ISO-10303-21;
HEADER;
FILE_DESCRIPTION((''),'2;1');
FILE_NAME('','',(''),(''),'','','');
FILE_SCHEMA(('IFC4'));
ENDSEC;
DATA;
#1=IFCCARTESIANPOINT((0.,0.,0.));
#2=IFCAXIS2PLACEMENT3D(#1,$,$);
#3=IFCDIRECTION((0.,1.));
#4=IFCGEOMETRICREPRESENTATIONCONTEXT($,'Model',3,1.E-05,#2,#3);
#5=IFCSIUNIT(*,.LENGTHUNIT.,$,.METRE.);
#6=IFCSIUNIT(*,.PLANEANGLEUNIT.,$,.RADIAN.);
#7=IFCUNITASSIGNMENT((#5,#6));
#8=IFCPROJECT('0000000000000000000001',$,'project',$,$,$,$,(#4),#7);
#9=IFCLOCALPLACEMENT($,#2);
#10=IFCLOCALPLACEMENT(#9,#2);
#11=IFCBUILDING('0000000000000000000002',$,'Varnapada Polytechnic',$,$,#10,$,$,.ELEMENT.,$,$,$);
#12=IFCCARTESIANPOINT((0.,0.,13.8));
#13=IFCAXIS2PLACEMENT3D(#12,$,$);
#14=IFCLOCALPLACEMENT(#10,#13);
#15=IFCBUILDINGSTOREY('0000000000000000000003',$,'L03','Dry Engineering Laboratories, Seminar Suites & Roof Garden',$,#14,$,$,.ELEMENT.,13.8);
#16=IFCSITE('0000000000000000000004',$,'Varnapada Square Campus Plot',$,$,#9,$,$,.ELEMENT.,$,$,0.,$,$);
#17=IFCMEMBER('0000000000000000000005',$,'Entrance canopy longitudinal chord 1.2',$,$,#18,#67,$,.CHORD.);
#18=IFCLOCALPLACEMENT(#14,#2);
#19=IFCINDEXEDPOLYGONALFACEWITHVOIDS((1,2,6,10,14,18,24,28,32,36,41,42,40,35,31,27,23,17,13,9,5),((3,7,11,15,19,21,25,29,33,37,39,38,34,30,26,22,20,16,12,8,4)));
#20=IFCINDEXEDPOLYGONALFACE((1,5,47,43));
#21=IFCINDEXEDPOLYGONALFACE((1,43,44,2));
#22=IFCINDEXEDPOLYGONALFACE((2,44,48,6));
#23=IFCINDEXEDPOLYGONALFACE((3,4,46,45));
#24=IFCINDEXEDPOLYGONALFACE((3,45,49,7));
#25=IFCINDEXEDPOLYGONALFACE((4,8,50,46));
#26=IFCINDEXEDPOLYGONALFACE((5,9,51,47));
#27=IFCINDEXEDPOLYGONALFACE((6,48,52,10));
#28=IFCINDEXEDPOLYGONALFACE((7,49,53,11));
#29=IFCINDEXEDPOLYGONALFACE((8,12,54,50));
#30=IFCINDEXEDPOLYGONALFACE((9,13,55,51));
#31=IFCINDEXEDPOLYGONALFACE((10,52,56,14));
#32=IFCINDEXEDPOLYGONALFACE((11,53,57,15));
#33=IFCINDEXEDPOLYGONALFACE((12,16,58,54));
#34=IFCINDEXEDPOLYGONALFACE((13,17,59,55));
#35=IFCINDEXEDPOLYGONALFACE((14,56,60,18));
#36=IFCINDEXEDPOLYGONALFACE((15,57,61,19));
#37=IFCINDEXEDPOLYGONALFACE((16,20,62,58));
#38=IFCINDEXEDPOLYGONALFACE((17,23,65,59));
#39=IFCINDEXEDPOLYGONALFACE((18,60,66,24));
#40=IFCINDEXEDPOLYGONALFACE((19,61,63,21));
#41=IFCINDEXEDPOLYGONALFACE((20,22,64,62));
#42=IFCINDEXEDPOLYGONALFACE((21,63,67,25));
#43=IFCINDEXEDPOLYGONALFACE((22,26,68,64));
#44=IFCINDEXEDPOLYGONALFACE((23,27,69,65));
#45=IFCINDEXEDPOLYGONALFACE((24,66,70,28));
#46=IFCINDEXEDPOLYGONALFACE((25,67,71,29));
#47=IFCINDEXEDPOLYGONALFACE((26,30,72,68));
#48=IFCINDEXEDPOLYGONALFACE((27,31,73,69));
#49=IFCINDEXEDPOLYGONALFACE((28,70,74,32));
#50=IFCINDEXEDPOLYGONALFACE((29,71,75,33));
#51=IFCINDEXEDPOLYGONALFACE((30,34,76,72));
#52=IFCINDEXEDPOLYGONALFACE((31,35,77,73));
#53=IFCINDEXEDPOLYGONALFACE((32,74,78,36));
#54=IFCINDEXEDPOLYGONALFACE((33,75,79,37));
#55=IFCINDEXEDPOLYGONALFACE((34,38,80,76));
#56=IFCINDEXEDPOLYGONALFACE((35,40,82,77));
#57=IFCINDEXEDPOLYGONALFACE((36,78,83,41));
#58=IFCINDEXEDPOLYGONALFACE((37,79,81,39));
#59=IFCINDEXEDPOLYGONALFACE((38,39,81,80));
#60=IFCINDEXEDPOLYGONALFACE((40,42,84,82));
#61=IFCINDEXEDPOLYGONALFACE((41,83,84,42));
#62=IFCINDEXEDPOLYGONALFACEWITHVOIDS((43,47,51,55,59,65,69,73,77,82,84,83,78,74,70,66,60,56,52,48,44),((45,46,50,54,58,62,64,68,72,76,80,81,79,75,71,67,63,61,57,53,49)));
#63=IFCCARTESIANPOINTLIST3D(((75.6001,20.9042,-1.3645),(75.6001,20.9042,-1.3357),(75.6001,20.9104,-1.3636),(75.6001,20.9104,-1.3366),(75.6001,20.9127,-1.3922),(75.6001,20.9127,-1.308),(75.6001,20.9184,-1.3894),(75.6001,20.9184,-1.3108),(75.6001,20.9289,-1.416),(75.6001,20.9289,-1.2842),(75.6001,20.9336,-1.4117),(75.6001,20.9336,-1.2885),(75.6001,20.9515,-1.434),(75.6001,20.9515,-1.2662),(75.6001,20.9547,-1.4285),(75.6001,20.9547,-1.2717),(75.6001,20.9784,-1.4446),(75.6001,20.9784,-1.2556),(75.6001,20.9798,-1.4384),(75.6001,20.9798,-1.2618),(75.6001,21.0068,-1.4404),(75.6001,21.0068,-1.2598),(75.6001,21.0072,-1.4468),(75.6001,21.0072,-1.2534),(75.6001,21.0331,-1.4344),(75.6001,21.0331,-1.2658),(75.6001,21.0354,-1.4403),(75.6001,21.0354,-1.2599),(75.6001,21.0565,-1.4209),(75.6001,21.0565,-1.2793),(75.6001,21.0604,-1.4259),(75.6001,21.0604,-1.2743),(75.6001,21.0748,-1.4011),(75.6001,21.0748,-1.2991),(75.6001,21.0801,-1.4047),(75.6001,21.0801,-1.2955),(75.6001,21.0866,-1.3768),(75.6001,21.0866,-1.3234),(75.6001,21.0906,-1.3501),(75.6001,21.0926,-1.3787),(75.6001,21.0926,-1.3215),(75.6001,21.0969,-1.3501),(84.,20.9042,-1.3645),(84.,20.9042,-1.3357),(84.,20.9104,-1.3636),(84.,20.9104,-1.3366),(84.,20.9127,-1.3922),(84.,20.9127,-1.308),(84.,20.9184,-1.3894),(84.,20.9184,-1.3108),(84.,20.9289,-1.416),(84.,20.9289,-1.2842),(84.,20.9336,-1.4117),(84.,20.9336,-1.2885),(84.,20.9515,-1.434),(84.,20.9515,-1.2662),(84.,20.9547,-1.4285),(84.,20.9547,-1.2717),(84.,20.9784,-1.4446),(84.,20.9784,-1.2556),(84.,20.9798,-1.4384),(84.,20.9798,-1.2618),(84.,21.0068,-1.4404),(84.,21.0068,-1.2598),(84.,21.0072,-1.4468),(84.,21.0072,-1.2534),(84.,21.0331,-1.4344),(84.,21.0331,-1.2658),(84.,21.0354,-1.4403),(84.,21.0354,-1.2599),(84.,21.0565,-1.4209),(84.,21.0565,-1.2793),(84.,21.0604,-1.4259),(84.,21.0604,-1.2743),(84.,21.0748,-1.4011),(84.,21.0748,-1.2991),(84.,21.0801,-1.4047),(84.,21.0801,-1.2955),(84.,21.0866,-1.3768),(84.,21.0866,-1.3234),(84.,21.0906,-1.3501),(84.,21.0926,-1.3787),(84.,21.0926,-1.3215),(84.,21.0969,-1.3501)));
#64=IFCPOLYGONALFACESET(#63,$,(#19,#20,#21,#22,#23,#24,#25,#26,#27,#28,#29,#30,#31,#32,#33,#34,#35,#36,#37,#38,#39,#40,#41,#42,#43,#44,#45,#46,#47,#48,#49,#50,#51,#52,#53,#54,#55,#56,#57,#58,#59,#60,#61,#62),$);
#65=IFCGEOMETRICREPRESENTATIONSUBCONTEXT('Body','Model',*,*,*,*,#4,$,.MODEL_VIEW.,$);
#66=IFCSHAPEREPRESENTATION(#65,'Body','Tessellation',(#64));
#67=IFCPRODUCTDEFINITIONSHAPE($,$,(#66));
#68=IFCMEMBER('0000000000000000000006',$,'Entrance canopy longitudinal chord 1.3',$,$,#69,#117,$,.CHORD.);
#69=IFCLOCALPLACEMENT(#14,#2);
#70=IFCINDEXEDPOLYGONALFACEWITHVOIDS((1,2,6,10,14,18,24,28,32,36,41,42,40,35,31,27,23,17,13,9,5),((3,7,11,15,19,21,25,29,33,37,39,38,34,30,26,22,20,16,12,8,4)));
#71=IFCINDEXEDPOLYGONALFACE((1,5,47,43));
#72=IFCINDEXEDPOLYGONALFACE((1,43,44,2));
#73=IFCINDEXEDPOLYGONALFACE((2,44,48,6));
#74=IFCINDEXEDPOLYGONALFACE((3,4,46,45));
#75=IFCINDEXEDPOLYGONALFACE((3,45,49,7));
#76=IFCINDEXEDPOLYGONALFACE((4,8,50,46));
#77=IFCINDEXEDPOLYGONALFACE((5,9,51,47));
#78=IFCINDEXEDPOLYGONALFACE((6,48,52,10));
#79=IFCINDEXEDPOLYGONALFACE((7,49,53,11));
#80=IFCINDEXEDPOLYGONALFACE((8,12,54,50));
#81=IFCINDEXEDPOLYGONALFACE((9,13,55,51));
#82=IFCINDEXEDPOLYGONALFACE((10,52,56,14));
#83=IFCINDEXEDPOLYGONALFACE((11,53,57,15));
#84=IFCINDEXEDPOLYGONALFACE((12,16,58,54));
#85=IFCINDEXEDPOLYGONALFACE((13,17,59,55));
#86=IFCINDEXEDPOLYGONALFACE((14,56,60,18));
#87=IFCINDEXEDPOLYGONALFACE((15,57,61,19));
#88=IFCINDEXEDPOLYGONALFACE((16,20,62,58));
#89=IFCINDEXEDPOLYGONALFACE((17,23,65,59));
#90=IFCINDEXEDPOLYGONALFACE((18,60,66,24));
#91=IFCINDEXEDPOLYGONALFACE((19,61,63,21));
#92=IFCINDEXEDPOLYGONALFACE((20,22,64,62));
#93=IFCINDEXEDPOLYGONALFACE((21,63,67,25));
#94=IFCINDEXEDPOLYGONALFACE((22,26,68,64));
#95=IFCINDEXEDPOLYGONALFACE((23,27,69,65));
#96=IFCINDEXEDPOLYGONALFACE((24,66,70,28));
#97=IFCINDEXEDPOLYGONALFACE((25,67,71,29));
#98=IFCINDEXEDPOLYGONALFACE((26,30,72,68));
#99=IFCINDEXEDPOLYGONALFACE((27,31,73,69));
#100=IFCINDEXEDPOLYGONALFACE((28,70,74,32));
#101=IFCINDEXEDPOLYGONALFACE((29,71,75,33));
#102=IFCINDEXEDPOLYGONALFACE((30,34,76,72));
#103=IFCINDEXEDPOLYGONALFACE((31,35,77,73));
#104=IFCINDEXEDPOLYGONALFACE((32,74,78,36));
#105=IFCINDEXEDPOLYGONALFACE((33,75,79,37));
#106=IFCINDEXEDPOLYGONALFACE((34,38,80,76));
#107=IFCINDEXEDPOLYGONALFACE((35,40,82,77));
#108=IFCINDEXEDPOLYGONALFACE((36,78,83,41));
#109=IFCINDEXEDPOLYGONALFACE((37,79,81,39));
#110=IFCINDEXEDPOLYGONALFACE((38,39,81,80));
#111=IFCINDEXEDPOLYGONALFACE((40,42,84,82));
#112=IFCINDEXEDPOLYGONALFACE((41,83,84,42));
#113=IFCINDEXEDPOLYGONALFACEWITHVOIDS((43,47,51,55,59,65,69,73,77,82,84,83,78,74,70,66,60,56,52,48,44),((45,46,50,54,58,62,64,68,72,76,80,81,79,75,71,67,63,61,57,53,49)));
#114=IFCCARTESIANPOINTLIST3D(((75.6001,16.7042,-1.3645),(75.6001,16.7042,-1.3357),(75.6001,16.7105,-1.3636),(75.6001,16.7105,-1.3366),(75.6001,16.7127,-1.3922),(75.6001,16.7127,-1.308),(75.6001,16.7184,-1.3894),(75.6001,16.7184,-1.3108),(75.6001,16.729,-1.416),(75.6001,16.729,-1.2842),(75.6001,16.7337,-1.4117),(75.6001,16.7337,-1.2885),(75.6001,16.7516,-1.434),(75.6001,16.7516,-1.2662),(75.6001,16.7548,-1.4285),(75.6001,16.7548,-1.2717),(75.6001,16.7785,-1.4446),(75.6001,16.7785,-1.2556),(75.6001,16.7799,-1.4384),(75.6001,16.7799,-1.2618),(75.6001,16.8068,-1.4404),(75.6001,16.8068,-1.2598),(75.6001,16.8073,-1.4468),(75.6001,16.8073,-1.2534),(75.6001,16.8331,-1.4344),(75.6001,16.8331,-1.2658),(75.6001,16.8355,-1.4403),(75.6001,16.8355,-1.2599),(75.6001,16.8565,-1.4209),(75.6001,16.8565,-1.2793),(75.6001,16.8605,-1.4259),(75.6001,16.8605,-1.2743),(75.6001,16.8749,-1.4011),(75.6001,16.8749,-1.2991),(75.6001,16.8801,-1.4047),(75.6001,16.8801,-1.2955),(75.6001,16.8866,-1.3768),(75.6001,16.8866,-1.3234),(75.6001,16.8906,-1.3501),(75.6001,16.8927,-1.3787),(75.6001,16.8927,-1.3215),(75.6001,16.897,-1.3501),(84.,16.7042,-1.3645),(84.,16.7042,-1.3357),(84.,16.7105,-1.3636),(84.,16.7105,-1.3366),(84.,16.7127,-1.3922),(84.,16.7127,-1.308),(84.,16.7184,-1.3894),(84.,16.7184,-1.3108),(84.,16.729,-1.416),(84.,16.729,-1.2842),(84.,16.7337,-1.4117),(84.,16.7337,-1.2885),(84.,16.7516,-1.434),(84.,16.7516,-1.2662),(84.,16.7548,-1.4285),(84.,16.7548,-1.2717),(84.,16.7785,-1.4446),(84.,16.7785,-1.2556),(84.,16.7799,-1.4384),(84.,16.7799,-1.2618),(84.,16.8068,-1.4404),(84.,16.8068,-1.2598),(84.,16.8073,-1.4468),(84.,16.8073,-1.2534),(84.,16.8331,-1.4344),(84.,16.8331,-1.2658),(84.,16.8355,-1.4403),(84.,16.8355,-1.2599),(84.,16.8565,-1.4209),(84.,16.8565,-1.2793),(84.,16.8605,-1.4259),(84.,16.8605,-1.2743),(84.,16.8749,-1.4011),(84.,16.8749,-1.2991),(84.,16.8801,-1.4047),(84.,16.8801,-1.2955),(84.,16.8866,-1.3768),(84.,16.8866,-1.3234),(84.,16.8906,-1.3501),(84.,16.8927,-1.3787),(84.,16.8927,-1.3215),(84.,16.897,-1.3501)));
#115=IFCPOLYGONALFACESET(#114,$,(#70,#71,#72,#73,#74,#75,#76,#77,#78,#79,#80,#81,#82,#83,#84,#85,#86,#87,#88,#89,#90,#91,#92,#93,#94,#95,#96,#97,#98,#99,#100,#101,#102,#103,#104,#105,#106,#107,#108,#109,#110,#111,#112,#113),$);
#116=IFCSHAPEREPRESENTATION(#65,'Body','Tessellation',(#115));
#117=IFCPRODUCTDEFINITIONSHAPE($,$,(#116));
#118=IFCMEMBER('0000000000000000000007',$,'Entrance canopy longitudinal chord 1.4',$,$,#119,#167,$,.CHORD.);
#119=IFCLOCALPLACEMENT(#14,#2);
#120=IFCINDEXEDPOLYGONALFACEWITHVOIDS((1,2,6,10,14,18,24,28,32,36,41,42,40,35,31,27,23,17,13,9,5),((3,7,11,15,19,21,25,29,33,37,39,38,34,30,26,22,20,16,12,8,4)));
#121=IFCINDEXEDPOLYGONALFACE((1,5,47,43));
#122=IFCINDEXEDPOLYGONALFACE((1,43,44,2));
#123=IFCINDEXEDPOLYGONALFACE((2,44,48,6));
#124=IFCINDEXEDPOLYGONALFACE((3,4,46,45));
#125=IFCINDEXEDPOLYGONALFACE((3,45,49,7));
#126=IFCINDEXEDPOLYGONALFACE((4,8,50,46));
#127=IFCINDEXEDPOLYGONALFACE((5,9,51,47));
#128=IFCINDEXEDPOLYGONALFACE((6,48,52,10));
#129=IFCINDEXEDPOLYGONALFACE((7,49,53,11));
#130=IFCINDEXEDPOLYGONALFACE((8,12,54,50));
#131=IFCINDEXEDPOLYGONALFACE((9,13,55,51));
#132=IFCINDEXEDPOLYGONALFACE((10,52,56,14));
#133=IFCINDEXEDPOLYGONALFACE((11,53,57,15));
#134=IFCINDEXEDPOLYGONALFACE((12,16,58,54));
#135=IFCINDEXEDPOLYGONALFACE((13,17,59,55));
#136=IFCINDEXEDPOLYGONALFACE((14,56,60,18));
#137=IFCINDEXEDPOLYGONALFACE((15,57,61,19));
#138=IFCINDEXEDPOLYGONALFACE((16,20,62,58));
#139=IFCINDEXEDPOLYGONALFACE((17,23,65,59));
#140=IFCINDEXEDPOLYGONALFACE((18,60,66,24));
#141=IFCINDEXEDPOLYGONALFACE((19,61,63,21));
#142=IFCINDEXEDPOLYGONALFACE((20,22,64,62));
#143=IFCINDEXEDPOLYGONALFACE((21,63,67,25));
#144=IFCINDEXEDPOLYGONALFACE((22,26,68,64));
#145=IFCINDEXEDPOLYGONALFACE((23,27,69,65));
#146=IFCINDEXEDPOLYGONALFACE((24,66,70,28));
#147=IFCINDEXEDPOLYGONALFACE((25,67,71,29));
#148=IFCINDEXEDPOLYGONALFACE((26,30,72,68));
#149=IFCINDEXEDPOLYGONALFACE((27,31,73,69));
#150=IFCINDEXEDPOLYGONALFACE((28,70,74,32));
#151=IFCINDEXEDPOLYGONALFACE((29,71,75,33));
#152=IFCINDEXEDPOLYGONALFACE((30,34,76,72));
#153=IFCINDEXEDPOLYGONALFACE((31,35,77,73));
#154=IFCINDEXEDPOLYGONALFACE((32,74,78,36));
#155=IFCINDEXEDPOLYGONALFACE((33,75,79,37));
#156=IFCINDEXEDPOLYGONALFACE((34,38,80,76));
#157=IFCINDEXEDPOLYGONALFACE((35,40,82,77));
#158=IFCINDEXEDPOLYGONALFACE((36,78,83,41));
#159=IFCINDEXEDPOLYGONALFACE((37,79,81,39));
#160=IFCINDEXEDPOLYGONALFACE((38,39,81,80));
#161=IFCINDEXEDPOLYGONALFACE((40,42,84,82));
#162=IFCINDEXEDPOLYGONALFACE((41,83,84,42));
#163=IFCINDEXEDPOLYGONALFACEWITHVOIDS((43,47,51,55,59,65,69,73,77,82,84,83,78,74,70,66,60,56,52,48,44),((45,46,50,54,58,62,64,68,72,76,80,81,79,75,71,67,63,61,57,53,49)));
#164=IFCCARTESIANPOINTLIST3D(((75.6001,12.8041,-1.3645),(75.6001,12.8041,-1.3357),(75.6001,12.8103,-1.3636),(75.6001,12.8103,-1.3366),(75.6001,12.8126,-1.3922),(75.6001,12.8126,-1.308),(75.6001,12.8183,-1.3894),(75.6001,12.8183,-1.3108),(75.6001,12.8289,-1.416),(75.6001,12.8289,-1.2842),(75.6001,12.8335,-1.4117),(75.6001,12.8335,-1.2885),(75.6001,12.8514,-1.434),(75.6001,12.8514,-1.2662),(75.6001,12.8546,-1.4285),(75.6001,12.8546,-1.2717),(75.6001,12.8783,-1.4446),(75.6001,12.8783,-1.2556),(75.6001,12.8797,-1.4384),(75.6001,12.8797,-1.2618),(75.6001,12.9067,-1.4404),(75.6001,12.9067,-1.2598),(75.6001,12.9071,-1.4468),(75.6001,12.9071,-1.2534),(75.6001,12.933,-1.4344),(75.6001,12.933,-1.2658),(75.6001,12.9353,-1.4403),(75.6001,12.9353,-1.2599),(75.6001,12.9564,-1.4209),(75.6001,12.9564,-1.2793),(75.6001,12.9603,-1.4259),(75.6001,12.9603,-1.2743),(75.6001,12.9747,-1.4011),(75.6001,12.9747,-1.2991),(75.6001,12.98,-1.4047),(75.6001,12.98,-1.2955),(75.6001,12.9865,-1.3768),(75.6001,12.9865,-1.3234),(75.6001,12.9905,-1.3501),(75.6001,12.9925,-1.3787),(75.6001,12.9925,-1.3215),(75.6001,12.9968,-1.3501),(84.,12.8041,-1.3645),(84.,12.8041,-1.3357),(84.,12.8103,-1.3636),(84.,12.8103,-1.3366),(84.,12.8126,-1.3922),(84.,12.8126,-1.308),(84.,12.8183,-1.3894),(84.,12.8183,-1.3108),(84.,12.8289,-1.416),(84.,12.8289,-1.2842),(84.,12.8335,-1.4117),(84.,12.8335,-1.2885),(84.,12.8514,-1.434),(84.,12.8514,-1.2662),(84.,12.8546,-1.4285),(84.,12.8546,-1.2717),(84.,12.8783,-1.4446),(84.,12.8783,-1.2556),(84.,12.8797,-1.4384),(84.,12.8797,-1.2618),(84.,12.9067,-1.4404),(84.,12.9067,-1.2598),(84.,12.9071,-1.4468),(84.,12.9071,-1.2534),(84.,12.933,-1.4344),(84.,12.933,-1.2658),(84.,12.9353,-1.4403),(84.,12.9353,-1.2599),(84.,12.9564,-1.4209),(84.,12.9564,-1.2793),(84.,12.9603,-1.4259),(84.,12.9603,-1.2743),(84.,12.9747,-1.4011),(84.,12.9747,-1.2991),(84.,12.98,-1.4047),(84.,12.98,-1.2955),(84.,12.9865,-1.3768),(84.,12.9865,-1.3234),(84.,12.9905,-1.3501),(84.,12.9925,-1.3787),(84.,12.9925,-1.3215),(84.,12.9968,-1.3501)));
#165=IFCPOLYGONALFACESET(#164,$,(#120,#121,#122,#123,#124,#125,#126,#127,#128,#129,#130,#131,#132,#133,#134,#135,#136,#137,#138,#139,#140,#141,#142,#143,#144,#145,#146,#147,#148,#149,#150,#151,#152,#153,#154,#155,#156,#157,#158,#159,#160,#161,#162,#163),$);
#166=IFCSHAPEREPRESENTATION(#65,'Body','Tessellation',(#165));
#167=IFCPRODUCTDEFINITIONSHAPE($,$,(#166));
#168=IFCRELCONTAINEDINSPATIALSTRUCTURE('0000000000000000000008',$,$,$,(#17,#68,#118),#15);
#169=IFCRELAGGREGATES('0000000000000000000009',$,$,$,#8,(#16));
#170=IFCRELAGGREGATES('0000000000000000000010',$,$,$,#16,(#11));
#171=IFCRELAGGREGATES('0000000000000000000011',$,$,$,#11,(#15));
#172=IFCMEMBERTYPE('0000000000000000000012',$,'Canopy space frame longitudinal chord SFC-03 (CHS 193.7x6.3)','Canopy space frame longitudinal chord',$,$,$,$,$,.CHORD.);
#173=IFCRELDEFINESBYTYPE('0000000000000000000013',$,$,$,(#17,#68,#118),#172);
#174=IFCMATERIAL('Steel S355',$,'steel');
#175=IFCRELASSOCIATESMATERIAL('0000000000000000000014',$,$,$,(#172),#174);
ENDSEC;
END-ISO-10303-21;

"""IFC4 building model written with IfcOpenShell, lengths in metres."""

from ifc_helpers import new_model, si_unit, direction, frame, origin, origin_2d, place, context, subcontext, project, spatial, hollow_circle, extrude, material, material_profile, profile_set, type_object, element, save


model = new_model("IFC4")

# Units and contexts
model_context = context("Model", 3, precision=1e-05, world=origin(), true_north=direction((0.0, 1.0)))
body_context = subcontext(model_context, "Body", "Model", "MODEL_VIEW")
ifc_project = project(units=[si_unit("LENGTHUNIT", "METRE"), si_unit("PLANEANGLEUNIT", "RADIAN")], contexts=[model_context])

# Site, building, storey
site_placement = place(None, origin())
site = spatial("IfcSite", under=ifc_project, at=site_placement, Name="Varnapada Square Campus Plot", CompositionType="ELEMENT", RefElevation=0.0)
building_placement = place(site_placement, origin())
building = spatial("IfcBuilding", under=site, at=building_placement, Name="Varnapada Polytechnic", CompositionType="ELEMENT")
storey_placement = place(building_placement, frame((0.0, 0.0, 13.8)))
storey = spatial("IfcBuildingStorey", under=building, at=storey_placement, Name="L03", Description="Dry Engineering Laboratories, Seminar Suites & Roof Garden", CompositionType="ELEMENT", Elevation=13.8)

# Members
ifc_material = material(Name="Steel S355", Category="steel")
ifc_material_profile_1 = material_profile(ifc_material, hollow_circle(Radius=0.0969, WallThickness=0.0063, at=origin_2d()), Name="CHS 193.7x6.3")
ifc_profile_set_1 = profile_set([ifc_material_profile_1], Name="Steel S355")
member_type_1 = type_object("IfcMemberType", Name="Canopy space frame longitudinal chord SFC-03 (CHS 193.7x6.3)", Description="Canopy space frame longitudinal chord", PredefinedType="CHORD", material=ifc_profile_set_1)
for number, where, z_axis, x_axis, name in (
    (1, (75.6001, 21.0, -1.3501), (1.0, 0.0, 0.0), (0.0, 1.0, 0.0), "Entrance canopy longitudinal chord 1.2"),
    (2, (75.6001, 16.8, -1.3501), (1.0, 0.0, 0.0), (0.0, 1.0, 0.0), "Entrance canopy longitudinal chord 1.3"),
    (3, (75.6001, 12.8999, -1.3501), (1.0, 0.0, 0.0), (0.0, 1.0, 0.0), "Entrance canopy longitudinal chord 1.4"),
):
    element("IfcMember", number, at=place(storey_placement, frame(where, z_axis=z_axis, x_axis=x_axis)), inside=storey, type_object=member_type_1, Name=name, PredefinedType="CHORD", context=body_context, shape_type="SweptSolid", body=[
        extrude(hollow_circle(Radius=0.0969, WallThickness=0.0063, at=origin_2d()), origin(), (0.0, 0.0, 1.0), 8.3999),
    ])

save(model, "model.ifc")
